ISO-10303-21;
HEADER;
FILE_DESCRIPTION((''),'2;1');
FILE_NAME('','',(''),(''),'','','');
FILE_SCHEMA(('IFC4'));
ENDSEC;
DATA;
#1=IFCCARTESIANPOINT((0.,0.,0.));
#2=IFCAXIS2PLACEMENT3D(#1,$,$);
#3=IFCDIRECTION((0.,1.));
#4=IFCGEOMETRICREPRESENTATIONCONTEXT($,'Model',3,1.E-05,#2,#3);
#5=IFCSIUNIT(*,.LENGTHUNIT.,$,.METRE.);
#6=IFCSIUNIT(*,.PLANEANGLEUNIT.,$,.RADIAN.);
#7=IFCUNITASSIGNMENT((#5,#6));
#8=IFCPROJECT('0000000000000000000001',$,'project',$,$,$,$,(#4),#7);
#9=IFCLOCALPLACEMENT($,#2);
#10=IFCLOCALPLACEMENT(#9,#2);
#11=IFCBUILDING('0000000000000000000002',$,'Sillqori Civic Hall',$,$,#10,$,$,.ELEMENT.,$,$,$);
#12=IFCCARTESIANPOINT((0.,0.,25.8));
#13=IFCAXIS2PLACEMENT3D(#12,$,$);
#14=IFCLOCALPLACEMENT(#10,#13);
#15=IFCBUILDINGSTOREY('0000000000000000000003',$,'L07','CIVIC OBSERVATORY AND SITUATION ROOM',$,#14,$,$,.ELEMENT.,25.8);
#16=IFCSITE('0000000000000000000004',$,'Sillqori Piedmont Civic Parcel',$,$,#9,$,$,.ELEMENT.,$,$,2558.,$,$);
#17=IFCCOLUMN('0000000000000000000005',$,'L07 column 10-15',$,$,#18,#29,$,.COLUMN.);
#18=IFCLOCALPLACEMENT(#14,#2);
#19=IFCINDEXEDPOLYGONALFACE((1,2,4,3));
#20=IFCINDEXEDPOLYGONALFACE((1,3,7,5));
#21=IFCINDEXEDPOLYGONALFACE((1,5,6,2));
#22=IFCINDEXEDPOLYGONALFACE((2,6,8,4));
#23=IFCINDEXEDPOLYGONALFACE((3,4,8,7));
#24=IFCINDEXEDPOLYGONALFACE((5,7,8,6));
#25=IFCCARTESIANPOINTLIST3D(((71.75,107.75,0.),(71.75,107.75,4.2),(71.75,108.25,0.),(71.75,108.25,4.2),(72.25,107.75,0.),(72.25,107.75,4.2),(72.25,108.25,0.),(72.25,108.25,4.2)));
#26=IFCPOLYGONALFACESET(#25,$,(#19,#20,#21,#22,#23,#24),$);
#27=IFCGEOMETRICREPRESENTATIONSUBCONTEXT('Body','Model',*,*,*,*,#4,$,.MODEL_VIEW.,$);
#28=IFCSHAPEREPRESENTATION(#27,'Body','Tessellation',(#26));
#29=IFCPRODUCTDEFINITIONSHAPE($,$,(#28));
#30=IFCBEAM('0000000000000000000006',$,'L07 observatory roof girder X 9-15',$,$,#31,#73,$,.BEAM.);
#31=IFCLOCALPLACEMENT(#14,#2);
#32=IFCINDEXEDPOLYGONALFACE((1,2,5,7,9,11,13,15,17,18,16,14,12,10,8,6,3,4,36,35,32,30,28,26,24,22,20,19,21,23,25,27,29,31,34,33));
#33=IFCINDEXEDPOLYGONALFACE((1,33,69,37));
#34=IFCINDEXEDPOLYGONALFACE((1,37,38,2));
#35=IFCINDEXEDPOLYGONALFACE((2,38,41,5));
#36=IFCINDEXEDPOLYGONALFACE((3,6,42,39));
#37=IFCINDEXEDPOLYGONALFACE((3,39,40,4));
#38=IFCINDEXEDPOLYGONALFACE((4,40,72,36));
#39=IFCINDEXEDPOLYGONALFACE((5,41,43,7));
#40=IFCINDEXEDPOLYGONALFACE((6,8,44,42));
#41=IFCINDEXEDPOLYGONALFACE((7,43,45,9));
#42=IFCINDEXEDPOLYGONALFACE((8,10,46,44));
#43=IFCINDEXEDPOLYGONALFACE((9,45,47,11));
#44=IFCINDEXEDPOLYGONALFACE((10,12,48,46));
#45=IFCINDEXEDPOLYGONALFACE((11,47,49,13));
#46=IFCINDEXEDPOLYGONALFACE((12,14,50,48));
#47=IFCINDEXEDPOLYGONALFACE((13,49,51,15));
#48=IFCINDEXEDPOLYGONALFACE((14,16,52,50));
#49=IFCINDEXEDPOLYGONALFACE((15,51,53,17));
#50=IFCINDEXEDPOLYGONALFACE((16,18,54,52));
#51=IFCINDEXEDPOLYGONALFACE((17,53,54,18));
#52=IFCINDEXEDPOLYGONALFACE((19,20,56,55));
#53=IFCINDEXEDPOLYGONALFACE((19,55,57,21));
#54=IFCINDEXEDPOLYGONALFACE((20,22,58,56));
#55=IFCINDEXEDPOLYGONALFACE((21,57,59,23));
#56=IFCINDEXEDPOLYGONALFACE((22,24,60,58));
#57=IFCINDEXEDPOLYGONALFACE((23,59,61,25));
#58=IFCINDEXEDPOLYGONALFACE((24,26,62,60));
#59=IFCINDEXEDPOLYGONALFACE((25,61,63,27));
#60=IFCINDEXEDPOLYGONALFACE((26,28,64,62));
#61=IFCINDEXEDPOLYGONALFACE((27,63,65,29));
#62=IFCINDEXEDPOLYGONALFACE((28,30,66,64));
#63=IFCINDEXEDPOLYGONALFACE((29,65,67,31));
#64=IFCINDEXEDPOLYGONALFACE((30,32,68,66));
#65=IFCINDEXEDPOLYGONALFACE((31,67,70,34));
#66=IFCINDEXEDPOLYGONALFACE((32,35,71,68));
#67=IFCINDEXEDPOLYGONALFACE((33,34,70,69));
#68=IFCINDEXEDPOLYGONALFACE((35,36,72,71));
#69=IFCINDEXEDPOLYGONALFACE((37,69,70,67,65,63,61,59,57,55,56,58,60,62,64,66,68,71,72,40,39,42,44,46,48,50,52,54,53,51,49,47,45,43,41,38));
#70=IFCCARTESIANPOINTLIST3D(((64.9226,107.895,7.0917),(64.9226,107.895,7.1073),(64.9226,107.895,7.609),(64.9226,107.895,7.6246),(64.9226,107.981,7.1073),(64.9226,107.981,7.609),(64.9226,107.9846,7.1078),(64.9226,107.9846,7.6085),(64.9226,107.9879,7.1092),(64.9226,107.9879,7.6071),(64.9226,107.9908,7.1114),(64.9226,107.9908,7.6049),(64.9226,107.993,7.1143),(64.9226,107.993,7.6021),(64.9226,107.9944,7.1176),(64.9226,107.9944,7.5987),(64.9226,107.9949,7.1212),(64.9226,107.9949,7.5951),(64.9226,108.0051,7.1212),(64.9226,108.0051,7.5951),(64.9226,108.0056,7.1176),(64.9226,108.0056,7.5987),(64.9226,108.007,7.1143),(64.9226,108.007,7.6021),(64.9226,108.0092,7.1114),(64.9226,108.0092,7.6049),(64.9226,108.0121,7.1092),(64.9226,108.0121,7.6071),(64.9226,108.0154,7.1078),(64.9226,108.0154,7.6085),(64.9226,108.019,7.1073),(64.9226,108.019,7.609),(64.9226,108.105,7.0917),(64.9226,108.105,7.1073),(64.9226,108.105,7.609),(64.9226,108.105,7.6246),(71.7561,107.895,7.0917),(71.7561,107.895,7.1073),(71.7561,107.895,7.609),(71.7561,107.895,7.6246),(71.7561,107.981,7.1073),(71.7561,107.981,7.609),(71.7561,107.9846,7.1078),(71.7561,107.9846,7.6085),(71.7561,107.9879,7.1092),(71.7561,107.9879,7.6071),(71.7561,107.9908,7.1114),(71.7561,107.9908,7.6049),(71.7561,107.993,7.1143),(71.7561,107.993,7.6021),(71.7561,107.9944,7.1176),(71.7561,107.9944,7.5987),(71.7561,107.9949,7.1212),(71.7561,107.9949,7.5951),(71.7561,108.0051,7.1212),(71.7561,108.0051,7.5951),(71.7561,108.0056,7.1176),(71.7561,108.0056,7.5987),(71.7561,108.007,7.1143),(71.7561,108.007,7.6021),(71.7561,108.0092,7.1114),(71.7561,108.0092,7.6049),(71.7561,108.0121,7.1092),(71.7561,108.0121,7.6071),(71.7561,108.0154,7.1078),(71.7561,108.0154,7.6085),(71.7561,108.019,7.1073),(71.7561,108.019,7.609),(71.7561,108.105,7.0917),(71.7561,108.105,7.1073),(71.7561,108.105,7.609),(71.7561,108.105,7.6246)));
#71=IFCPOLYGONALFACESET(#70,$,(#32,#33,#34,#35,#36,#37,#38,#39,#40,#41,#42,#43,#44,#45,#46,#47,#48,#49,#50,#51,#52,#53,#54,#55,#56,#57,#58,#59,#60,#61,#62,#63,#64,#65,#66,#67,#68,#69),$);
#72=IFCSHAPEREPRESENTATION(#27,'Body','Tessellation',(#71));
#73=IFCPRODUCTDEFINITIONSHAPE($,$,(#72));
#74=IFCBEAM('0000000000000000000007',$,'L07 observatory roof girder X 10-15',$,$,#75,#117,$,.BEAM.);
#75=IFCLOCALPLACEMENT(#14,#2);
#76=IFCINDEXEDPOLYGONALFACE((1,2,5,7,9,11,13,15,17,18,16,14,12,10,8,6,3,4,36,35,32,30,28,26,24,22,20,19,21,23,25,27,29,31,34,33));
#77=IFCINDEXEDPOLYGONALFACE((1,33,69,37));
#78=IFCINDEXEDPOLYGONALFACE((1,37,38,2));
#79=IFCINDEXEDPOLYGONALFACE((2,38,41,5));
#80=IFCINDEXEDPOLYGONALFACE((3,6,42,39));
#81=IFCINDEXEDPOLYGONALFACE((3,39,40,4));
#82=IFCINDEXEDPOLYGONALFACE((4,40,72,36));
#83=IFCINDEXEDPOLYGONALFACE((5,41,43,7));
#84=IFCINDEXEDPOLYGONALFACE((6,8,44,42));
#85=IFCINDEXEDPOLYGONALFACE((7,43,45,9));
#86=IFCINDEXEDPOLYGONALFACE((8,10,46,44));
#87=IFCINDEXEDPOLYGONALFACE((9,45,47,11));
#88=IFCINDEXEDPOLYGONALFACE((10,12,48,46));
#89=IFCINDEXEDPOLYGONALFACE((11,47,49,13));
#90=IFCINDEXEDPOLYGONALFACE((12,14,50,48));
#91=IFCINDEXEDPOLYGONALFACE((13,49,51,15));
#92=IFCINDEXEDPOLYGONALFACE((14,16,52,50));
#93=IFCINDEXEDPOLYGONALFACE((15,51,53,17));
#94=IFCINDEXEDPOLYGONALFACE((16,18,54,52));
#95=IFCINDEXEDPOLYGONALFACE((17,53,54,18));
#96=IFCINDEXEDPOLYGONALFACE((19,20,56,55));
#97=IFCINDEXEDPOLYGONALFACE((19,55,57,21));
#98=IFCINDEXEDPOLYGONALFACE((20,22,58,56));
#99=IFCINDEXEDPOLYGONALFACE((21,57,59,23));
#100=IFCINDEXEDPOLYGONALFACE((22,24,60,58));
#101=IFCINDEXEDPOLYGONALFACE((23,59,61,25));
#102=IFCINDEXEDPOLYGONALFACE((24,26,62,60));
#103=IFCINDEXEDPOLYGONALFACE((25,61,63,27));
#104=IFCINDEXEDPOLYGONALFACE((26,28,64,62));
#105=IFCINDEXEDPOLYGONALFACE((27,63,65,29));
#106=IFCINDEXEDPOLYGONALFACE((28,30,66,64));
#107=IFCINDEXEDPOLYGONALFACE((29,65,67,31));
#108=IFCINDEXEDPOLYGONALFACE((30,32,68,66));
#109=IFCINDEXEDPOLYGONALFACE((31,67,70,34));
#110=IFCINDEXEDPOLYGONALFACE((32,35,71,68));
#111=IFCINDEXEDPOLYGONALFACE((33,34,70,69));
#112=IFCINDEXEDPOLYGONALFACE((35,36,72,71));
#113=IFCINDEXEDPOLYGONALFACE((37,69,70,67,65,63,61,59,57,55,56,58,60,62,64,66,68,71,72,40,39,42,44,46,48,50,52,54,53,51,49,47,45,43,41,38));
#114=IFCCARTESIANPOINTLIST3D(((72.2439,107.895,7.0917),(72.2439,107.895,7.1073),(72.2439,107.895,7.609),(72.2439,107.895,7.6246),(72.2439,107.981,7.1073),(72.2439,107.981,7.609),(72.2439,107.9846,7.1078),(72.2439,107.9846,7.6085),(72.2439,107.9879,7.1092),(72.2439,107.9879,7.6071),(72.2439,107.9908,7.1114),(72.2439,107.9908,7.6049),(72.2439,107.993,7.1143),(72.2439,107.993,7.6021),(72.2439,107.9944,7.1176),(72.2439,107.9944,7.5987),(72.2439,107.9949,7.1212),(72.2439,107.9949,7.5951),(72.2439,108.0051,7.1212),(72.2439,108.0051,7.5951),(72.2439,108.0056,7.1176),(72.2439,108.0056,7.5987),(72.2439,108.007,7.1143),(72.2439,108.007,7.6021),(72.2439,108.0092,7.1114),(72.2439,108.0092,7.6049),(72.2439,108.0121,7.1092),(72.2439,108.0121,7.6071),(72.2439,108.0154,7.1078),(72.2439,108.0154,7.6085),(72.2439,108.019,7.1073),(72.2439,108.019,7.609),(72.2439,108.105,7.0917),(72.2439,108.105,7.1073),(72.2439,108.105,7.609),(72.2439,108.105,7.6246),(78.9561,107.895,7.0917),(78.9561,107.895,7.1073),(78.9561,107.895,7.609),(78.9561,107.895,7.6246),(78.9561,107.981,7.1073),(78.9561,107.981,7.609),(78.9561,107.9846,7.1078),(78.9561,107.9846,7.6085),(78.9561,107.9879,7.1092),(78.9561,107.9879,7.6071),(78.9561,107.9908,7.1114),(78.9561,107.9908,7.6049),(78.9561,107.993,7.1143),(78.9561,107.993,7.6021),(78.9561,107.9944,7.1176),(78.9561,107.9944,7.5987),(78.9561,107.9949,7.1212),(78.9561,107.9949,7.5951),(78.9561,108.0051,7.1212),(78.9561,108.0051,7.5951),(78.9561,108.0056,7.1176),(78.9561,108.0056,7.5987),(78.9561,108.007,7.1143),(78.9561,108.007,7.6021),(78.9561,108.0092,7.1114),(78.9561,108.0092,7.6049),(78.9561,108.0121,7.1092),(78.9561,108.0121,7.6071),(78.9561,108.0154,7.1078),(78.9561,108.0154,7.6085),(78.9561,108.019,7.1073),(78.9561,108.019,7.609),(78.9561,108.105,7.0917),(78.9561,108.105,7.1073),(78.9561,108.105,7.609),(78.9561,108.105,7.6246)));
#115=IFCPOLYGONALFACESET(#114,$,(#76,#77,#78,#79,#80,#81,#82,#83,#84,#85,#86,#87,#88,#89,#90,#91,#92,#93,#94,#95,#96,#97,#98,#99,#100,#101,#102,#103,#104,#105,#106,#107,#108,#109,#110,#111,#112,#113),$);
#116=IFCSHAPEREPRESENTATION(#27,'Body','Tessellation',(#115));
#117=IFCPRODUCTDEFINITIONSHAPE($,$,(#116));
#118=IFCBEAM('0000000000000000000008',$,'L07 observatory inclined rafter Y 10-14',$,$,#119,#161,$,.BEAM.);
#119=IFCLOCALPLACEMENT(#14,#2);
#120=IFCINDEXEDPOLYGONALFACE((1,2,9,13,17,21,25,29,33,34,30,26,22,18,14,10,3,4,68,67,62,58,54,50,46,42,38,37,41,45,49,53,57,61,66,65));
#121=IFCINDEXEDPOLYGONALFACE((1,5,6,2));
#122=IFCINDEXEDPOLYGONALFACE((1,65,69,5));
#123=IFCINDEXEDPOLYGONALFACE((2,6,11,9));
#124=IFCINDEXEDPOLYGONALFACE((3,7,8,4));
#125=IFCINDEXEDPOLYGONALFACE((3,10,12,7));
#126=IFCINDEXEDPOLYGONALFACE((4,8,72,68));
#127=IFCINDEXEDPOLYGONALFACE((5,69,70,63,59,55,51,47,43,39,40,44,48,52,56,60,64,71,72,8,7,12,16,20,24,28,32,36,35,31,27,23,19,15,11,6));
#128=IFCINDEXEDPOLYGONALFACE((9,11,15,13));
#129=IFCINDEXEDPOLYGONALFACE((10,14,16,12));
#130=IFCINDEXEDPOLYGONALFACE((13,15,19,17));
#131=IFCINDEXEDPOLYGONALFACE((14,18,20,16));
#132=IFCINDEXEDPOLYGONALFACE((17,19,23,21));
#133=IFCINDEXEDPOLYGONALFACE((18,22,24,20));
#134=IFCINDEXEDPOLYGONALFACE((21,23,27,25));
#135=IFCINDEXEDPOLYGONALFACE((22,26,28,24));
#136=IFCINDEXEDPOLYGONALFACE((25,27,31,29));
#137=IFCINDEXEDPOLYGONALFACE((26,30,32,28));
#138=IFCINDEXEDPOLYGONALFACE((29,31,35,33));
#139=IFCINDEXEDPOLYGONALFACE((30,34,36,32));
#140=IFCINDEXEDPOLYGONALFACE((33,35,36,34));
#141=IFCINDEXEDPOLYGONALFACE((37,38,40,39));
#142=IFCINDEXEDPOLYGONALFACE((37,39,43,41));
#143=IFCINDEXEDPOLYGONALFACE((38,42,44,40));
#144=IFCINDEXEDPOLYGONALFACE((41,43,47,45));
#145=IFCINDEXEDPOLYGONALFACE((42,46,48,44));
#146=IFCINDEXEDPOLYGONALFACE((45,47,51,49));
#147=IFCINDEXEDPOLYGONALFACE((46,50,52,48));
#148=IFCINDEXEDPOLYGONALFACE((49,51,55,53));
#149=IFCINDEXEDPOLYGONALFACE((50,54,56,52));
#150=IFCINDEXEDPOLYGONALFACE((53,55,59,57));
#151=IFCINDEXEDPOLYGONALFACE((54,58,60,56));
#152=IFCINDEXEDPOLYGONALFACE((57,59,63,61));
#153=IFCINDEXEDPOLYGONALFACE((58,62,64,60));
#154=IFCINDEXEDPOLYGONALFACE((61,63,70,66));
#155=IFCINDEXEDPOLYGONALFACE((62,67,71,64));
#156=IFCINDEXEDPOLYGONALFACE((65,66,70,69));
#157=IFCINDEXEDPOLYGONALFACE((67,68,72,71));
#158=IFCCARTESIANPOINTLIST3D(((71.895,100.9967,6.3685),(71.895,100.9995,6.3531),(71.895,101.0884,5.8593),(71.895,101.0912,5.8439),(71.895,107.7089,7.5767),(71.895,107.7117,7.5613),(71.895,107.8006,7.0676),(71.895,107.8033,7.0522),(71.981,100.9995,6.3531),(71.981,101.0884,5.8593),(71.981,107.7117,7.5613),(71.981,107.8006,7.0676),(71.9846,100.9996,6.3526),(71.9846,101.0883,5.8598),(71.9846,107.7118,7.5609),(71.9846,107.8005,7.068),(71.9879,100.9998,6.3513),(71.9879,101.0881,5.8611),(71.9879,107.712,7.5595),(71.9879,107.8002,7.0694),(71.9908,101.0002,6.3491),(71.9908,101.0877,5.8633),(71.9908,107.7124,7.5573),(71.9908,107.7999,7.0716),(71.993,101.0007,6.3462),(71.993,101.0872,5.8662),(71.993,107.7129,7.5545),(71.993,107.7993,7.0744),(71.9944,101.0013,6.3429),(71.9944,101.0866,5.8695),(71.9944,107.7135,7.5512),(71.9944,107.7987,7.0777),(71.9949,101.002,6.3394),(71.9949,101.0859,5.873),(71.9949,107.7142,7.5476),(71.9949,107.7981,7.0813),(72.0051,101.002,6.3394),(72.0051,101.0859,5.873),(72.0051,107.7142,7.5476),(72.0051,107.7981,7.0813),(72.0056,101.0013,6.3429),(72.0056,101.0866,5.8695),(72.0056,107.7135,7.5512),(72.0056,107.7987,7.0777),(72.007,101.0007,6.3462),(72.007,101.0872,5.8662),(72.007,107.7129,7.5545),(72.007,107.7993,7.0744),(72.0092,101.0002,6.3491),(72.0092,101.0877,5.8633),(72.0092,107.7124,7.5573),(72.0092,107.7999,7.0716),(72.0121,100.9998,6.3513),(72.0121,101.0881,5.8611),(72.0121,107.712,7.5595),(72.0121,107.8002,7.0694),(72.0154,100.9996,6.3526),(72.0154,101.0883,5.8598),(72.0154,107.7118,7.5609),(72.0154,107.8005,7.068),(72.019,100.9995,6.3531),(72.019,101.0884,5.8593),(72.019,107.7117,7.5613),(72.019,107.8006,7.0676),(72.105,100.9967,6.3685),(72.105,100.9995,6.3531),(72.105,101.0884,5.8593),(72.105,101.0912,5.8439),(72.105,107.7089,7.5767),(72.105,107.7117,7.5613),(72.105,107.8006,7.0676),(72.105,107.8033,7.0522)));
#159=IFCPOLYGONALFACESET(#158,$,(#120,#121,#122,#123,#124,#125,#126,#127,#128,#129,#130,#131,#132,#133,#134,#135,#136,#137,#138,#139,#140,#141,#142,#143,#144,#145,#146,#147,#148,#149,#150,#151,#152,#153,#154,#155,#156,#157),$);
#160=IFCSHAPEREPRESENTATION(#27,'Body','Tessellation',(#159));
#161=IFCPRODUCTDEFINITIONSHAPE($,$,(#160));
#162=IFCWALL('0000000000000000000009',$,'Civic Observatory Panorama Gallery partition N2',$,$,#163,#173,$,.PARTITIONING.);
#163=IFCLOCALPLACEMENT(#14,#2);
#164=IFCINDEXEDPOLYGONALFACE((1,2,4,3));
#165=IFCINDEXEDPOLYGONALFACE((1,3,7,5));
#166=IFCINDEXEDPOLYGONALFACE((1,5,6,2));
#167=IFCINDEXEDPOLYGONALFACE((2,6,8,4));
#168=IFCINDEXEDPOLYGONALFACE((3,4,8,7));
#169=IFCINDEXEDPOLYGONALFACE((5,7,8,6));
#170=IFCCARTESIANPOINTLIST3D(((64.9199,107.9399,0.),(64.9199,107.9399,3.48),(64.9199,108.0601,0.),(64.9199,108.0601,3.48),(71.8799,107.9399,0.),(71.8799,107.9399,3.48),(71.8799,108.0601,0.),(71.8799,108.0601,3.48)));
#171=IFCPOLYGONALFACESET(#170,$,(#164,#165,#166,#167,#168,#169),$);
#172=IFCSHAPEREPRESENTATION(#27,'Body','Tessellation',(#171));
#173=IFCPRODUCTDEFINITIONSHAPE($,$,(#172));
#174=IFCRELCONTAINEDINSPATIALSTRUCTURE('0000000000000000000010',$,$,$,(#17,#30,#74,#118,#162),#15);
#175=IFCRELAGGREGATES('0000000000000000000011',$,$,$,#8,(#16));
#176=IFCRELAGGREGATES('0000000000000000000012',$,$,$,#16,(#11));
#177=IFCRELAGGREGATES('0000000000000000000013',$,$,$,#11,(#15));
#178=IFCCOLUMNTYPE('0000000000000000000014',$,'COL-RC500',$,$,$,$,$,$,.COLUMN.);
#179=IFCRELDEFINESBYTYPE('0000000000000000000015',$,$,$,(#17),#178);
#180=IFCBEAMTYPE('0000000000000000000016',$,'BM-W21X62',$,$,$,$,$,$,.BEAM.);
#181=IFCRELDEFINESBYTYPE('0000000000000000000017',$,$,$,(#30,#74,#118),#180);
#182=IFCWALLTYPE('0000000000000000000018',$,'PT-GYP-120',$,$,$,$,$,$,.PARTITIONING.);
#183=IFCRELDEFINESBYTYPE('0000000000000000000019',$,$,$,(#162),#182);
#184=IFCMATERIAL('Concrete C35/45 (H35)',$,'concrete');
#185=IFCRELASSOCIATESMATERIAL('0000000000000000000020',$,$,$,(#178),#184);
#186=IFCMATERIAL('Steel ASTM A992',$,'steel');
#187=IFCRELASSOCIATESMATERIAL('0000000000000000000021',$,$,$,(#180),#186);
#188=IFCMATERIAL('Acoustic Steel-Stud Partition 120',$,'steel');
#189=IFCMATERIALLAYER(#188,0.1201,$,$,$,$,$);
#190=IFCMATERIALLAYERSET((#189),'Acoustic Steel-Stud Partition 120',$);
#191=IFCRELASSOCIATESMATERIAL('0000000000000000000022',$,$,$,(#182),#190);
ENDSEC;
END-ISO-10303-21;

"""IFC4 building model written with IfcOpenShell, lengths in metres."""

from ifc_helpers import new_model, si_unit, direction, frame, frame_2d, origin, origin_2d, place, context, subcontext, project, spatial, rectangle, i_section, extrude, material, layer, layer_set, material_profile, profile_set, type_object, element, save


model = new_model("IFC4")

# Units and contexts
model_context = context("Model", 3, precision=1e-05, world=origin(), true_north=direction((0.0, 1.0)))
body_context = subcontext(model_context, "Body", "Model", "MODEL_VIEW")
ifc_project = project(units=[si_unit("LENGTHUNIT", "METRE"), si_unit("PLANEANGLEUNIT", "RADIAN")], contexts=[model_context])

# Site, building, storey
site_placement = place(None, origin())
site = spatial("IfcSite", under=ifc_project, at=site_placement, Name="Sillqori Piedmont Civic Parcel", CompositionType="ELEMENT", RefElevation=2558.0)
building_placement = place(site_placement, origin())
building = spatial("IfcBuilding", under=site, at=building_placement, Name="Sillqori Civic Hall", CompositionType="ELEMENT")
storey_placement = place(building_placement, frame((0.0, 0.0, 25.8)))
storey = spatial("IfcBuildingStorey", under=building, at=storey_placement, Name="L07", Description="CIVIC OBSERVATORY AND SITUATION ROOM", CompositionType="ELEMENT", Elevation=25.8)

# Column
ifc_material_1 = material(Name="Concrete C35/45 (H35)", Category="concrete")
ifc_material_profile_1 = material_profile(ifc_material_1, rectangle(XDim=0.5, YDim=0.5, at=origin_2d()), Name="RC 500x500")
ifc_profile_set_1 = profile_set([ifc_material_profile_1], Name="Concrete C35/45 (H35)")
column_type = type_object("IfcColumnType", Name="COL-RC500", PredefinedType="COLUMN", material=ifc_profile_set_1)
column_placement = place(storey_placement, frame((72.0, 108.0, 0.0), z_axis=(0.0, 0.0, 1.0), x_axis=(1.0, 0.0, 0.0)))
element("IfcColumn", 1, at=column_placement, inside=storey, type_object=column_type, Name="L07 column 10-15", PredefinedType="COLUMN", context=body_context, shape_type="SweptSolid", body=[
    extrude(rectangle(XDim=0.5, YDim=0.5, at=origin_2d()), origin(), (0.0, 0.0, 1.0), 4.2),
])

# Beams
ifc_material_2 = material(Name="Steel ASTM A992", Category="steel")
ifc_material_profile_2 = material_profile(ifc_material_2, i_section(OverallWidth=0.21, OverallDepth=0.533, WebThickness=0.0103, FlangeThickness=0.0156, FilletRadius=0.0139, at=origin_2d()), Name="W21X62")
ifc_profile_set_2 = profile_set([ifc_material_profile_2], Name="Steel ASTM A992")
beam_type = type_object("IfcBeamType", Name="BM-W21X62", PredefinedType="BEAM", material=ifc_profile_set_2)
beam_1_placement = place(storey_placement, frame((64.9226, 108.0, 7.3582), z_axis=(1.0, 0.0, 0.0), x_axis=(0.0, 1.0, 0.0)))
element("IfcBeam", 2, at=beam_1_placement, inside=storey, type_object=beam_type, Name="L07 observatory roof girder X 9-15", PredefinedType="BEAM", context=body_context, shape_type="SweptSolid", body=[
    extrude(i_section(OverallWidth=0.21, OverallDepth=0.533, WebThickness=0.0103, FlangeThickness=0.0156, FilletRadius=0.0139, at=origin_2d()), origin(), (0.0, 0.0, 1.0), 6.8335),
])
beam_2_placement = place(storey_placement, frame((72.2439, 108.0, 7.3582), z_axis=(1.0, 0.0, 0.0), x_axis=(0.0, 1.0, 0.0)))
element("IfcBeam", 3, at=beam_2_placement, inside=storey, type_object=beam_type, Name="L07 observatory roof girder X 10-15", PredefinedType="BEAM", context=body_context, shape_type="SweptSolid", body=[
    extrude(i_section(OverallWidth=0.21, OverallDepth=0.533, WebThickness=0.0103, FlangeThickness=0.0156, FilletRadius=0.0139, at=origin_2d()), origin(), (0.0, 0.0, 1.0), 6.7122),
])
beam_3_placement = place(storey_placement, frame((72.0, 101.0439, 6.1062), z_axis=(0.0, 0.984182, 0.177162), x_axis=(-1.0, 0.0, 0.0)))
element("IfcBeam", 4, at=beam_3_placement, inside=storey, type_object=beam_type, Name="L07 observatory inclined rafter Y 10-14", PredefinedType="BEAM", context=body_context, shape_type="SweptSolid", body=[
    extrude(i_section(OverallWidth=0.21, OverallDepth=0.533, WebThickness=0.0103, FlangeThickness=0.0156, FilletRadius=0.0139, at=origin_2d()), origin(), (0.0, 0.0, 1.0), 6.8201),
])

# Wall
ifc_material_3 = material(Name="Acoustic Steel-Stud Partition 120", Category="steel")
ifc_layer_1 = layer(ifc_material_3, 0.1201)
ifc_layer_set_1 = layer_set([ifc_layer_1], Name="Acoustic Steel-Stud Partition 120")
wall_type = type_object("IfcWallType", Name="PT-GYP-120", PredefinedType="PARTITIONING", material=ifc_layer_set_1)
wall_placement = place(storey_placement, frame((64.9199, 108.0, 0.0), z_axis=(0.0, 0.0, 1.0), x_axis=(1.0, 0.0, 0.0)))
element("IfcWall", 5, at=wall_placement, inside=storey, type_object=wall_type, Name="Civic Observatory Panorama Gallery partition N2", PredefinedType="PARTITIONING", context=body_context, shape_type="SweptSolid", body=[
    extrude(rectangle(XDim=6.96, YDim=0.1201, at=frame_2d((3.48, 0.0))), origin(), (0.0, 0.0, 1.0), 3.48),
])

save(model, "model.ifc")
